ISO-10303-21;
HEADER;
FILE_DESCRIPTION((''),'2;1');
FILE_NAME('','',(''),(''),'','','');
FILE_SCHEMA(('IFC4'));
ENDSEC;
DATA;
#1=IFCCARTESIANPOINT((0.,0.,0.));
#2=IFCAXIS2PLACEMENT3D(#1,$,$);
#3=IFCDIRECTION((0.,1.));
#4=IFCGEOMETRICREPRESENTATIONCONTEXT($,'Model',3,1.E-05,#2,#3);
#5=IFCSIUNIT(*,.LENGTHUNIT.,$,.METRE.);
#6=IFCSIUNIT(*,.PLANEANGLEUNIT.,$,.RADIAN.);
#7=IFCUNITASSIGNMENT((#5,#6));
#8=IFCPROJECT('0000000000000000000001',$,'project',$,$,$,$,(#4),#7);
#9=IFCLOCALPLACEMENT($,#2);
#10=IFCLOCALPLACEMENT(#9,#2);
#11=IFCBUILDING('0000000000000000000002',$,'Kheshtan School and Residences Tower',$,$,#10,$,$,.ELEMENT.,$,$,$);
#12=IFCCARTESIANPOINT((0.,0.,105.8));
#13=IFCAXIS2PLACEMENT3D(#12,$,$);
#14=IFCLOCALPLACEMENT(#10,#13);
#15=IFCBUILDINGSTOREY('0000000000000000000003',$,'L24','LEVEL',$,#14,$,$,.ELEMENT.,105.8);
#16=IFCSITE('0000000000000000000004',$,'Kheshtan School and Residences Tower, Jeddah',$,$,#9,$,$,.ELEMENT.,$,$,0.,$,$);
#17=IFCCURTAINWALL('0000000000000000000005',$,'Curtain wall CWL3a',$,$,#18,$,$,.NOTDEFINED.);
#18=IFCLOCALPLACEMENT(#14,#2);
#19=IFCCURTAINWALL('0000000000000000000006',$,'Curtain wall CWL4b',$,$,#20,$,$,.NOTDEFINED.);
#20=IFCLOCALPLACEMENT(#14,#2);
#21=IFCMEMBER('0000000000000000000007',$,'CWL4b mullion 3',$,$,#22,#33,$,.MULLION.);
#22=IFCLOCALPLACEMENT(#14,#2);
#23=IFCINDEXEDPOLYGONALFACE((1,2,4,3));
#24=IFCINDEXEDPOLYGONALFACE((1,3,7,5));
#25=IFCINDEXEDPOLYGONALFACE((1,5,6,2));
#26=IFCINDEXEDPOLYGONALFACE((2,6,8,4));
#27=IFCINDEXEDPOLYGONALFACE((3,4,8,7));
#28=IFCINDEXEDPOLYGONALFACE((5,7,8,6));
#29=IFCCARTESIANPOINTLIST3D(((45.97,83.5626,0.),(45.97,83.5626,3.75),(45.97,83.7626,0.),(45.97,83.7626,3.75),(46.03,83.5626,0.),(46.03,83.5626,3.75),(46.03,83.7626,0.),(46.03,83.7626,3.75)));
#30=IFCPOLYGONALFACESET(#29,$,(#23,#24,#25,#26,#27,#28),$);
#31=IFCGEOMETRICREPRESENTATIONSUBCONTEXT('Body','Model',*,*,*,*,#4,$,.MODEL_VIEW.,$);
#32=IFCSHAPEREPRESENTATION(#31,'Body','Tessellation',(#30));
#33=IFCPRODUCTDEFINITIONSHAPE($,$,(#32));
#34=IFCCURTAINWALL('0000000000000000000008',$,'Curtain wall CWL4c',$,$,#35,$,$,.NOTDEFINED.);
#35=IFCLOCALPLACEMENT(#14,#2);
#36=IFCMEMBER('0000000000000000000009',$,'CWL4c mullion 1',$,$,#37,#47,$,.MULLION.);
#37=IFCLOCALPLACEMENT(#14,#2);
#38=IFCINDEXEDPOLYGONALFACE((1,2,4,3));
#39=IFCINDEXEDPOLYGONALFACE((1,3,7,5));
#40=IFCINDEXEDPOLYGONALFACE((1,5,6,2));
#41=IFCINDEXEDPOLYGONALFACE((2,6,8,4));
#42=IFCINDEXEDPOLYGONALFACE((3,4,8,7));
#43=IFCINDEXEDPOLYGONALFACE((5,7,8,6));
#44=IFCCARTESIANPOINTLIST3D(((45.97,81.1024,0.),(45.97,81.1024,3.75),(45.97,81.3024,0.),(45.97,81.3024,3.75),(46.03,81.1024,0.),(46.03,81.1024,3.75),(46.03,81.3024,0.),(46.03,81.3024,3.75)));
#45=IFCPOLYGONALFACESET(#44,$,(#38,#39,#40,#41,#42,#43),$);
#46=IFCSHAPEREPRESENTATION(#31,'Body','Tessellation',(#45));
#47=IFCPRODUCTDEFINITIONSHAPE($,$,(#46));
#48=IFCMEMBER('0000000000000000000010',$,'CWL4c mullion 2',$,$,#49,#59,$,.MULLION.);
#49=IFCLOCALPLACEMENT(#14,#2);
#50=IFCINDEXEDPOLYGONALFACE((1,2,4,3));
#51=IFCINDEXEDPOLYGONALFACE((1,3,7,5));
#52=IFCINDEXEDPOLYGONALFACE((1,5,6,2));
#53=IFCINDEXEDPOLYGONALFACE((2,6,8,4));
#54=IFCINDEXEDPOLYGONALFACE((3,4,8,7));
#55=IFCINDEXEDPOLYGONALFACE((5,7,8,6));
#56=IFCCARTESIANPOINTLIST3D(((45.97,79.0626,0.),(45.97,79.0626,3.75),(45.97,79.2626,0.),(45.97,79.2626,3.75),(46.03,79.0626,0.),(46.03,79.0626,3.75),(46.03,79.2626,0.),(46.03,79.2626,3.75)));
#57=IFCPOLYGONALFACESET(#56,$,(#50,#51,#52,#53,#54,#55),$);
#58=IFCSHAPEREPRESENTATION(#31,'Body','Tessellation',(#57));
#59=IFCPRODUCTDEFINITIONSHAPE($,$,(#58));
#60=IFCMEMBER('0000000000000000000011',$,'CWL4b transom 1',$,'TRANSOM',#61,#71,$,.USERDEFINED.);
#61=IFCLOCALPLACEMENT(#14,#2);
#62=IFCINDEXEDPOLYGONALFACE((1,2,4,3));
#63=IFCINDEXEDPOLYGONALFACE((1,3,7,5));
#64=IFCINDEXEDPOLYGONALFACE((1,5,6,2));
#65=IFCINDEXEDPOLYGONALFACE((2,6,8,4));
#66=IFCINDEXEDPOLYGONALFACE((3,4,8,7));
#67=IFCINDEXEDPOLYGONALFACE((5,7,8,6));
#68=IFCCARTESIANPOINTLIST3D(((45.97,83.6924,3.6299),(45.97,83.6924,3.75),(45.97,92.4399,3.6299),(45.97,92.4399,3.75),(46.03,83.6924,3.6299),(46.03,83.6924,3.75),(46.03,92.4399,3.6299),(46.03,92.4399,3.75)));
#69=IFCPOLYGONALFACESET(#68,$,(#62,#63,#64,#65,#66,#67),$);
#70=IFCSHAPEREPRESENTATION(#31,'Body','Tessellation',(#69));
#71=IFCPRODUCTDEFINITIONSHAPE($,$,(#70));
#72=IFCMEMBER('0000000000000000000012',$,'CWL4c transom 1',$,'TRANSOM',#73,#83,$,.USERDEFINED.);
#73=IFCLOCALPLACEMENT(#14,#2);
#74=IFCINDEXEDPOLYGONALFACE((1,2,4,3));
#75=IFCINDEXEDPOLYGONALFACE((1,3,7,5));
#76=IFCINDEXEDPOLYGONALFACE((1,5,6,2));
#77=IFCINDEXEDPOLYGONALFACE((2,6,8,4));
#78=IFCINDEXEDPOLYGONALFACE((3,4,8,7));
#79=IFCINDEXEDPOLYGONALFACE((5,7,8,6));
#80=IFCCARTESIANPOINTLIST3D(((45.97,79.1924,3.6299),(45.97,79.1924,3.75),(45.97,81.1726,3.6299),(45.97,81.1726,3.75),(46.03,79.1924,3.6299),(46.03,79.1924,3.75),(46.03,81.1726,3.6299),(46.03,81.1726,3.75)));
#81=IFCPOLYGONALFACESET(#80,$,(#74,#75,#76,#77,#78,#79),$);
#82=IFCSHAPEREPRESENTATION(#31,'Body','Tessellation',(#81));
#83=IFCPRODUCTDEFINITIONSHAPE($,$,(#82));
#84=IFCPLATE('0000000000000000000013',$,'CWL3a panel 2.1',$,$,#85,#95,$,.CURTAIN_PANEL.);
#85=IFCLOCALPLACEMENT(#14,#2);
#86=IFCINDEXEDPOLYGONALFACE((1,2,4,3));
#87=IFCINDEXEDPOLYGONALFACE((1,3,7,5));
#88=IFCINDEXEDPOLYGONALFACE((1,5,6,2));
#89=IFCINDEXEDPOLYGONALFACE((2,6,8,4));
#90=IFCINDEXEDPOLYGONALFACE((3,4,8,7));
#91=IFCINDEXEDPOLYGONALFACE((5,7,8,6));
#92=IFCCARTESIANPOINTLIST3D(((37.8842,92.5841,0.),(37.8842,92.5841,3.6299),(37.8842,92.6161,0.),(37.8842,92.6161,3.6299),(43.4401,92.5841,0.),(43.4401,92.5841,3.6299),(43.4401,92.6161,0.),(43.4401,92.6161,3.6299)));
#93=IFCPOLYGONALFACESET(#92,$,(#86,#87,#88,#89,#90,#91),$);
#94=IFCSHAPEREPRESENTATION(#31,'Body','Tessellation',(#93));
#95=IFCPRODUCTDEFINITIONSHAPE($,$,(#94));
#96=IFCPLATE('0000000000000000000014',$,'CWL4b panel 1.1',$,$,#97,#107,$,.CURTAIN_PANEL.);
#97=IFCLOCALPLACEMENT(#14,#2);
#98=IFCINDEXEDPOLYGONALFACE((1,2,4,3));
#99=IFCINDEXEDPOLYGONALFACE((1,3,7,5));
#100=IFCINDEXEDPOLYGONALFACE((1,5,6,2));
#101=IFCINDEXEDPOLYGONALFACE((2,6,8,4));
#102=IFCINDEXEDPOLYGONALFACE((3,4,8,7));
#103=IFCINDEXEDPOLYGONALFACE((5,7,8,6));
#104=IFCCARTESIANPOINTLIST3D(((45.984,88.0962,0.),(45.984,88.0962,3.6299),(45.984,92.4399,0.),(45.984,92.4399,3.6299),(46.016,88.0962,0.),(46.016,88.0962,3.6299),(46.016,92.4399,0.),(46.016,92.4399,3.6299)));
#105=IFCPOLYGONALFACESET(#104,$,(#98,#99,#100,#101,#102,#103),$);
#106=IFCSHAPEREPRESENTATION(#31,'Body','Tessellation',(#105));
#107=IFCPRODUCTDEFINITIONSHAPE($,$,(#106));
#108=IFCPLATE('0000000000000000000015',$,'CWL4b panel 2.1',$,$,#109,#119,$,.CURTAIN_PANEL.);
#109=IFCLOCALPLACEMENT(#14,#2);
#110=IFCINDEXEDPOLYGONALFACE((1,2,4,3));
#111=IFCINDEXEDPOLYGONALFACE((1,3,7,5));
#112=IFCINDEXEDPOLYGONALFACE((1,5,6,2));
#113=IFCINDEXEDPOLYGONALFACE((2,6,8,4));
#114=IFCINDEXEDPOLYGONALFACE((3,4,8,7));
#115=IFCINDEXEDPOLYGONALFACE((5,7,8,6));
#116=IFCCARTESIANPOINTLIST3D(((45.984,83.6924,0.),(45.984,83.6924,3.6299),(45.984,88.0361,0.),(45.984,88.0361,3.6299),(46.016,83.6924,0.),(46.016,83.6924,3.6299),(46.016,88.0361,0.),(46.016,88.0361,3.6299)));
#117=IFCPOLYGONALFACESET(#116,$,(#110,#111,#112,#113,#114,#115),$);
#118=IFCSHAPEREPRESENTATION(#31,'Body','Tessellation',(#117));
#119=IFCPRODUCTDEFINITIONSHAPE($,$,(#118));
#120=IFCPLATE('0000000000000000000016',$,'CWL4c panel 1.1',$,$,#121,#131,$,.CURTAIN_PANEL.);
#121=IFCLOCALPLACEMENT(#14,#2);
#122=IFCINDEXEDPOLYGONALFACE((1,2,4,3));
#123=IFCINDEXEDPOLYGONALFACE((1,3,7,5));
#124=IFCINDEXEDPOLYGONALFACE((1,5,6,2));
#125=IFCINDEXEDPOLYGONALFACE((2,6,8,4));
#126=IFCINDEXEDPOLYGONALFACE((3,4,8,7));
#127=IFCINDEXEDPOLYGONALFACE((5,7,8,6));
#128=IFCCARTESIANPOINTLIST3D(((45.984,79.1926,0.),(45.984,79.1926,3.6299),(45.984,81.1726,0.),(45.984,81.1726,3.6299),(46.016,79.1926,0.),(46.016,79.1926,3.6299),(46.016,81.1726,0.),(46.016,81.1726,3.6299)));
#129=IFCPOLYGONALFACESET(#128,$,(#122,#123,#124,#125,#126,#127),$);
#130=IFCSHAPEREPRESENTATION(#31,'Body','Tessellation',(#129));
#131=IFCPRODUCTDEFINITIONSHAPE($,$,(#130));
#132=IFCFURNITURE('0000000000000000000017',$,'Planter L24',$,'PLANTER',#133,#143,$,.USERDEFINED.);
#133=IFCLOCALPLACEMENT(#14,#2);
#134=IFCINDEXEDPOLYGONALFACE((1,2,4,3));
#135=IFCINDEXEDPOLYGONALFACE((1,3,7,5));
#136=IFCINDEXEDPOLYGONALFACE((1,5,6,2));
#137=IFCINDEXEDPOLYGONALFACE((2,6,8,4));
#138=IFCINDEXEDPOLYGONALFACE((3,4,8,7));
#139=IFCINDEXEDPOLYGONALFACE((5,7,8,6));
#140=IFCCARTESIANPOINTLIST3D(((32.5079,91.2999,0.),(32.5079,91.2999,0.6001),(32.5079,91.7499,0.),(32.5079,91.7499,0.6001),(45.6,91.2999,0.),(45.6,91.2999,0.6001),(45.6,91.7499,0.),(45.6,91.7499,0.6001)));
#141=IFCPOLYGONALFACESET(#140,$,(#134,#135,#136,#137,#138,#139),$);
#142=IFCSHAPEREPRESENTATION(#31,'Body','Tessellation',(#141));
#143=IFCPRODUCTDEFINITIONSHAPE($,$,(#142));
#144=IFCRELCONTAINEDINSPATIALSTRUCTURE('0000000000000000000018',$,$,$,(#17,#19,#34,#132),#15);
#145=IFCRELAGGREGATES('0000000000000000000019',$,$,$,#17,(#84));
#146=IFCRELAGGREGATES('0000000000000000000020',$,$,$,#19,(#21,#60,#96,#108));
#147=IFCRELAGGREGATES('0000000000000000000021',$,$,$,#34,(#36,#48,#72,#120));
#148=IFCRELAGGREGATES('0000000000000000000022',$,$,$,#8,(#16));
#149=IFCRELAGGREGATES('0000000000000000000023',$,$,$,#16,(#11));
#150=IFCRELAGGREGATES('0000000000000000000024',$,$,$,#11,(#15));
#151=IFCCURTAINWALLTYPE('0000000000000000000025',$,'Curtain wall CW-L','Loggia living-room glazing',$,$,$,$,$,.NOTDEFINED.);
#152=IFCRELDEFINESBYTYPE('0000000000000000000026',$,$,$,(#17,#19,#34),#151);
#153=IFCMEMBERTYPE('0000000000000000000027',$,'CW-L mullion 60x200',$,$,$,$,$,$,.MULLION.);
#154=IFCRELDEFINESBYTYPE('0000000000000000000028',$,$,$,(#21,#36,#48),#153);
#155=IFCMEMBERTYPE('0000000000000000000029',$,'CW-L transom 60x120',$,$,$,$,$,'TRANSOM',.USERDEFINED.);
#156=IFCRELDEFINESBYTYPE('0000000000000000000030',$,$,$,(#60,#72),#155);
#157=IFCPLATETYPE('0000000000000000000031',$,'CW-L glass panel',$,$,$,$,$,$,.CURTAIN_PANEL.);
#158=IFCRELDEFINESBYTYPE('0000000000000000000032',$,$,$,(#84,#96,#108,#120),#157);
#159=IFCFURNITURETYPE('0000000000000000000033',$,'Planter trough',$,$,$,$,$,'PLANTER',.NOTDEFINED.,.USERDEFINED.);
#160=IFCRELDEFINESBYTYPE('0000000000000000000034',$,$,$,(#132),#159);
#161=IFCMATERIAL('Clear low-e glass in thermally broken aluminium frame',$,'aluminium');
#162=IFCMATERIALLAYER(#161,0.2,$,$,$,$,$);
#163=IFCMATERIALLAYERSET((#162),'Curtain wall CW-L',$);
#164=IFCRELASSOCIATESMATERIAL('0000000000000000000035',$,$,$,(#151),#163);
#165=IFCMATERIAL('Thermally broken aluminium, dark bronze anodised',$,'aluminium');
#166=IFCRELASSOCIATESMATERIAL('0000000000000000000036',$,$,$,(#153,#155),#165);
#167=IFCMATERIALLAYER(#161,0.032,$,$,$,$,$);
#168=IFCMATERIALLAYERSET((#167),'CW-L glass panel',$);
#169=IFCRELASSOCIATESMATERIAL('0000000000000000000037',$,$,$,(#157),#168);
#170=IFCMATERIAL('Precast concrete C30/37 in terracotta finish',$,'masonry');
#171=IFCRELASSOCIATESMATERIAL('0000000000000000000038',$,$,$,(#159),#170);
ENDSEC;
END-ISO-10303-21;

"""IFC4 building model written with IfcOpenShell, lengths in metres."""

from ifc_helpers import new_model, si_unit, direction, frame, origin, origin_2d, place, context, subcontext, project, spatial, rectangle, extrude, material, layer, layer_set, material_profile, profile_set, type_object, element, aggregate, save


model = new_model("IFC4")

# Units and contexts
model_context = context("Model", 3, precision=1e-05, world=origin(), true_north=direction((0.0, 1.0)))
body_context = subcontext(model_context, "Body", "Model", "MODEL_VIEW")
ifc_project = project(units=[si_unit("LENGTHUNIT", "METRE"), si_unit("PLANEANGLEUNIT", "RADIAN")], contexts=[model_context])

# Site, building, storey
site_placement = place(None, origin())
site = spatial("IfcSite", under=ifc_project, at=site_placement, Name="Kheshtan School and Residences Tower, Jeddah", CompositionType="ELEMENT", RefElevation=0.0)
building_placement = place(site_placement, origin())
building = spatial("IfcBuilding", under=site, at=building_placement, Name="Kheshtan School and Residences Tower", CompositionType="ELEMENT")
storey_placement = place(building_placement, frame((0.0, 0.0, 105.8)))
storey = spatial("IfcBuildingStorey", under=building, at=storey_placement, Name="L24", Description="LEVEL", CompositionType="ELEMENT", Elevation=105.8)

# Curtain walls, members
ifc_material_1 = material(Name="Clear low-e glass in thermally broken aluminium frame", Category="aluminium")
ifc_layer_1 = layer(ifc_material_1, 0.2)
ifc_layer_set_1 = layer_set([ifc_layer_1], Name="Curtain wall CW-L")
curtain_wall_type = type_object("IfcCurtainWallType", Name="Curtain wall CW-L", Description="Loggia living-room glazing", PredefinedType="NOTDEFINED", material=ifc_layer_set_1)
curtain_wall_1_placement = place(storey_placement, origin())
curtain_wall_1 = element("IfcCurtainWall", 1, at=curtain_wall_1_placement, inside=storey, type_object=curtain_wall_type, Name="Curtain wall CWL3a", PredefinedType="NOTDEFINED")
ifc_material_2 = material(Name="Thermally broken aluminium, dark bronze anodised", Category="aluminium")
ifc_material_profile_1 = material_profile(ifc_material_2, rectangle(XDim=0.0601, YDim=0.2, at=origin_2d()), Name="CW-L mullion 60x200")
ifc_profile_set_1 = profile_set([ifc_material_profile_1], Name="Thermally broken aluminium, dark bronze anodised")
member_type_1 = type_object("IfcMemberType", Name="CW-L mullion 60x200", PredefinedType="MULLION", material=ifc_profile_set_1)
curtain_wall_2_placement = place(storey_placement, origin())
curtain_wall_2 = element("IfcCurtainWall", 2, at=curtain_wall_2_placement, inside=storey, type_object=curtain_wall_type, Name="Curtain wall CWL4b", PredefinedType="NOTDEFINED")
member_1_placement = place(storey_placement, frame((46.0, 83.6626, 0.0), z_axis=(0.0, 0.0, 1.0), x_axis=(1.0, 0.0, 0.0)))
member_1 = element("IfcMember", 3, at=member_1_placement, type_object=member_type_1, Name="CWL4b mullion 3", PredefinedType="MULLION", context=body_context, shape_type="SweptSolid", body=[
    extrude(rectangle(XDim=0.0601, YDim=0.2, at=origin_2d()), origin(), (0.0, 0.0, 1.0), 3.75),
])
curtain_wall_3_placement = place(storey_placement, origin())
curtain_wall_3 = element("IfcCurtainWall", 4, at=curtain_wall_3_placement, inside=storey, type_object=curtain_wall_type, Name="Curtain wall CWL4c", PredefinedType="NOTDEFINED")
member_2_placement = place(storey_placement, frame((46.0, 81.2024, 0.0), z_axis=(0.0, 0.0, 1.0), x_axis=(1.0, 0.0, 0.0)))
member_2 = element("IfcMember", 5, at=member_2_placement, type_object=member_type_1, Name="CWL4c mullion 1", PredefinedType="MULLION", context=body_context, shape_type="SweptSolid", body=[
    extrude(rectangle(XDim=0.0601, YDim=0.2, at=origin_2d()), origin(), (0.0, 0.0, 1.0), 3.75),
])
member_3_placement = place(storey_placement, frame((46.0, 79.1626, 0.0), z_axis=(0.0, 0.0, 1.0), x_axis=(1.0, 0.0, 0.0)))
member_3 = element("IfcMember", 6, at=member_3_placement, type_object=member_type_1, Name="CWL4c mullion 2", PredefinedType="MULLION", context=body_context, shape_type="SweptSolid", body=[
    extrude(rectangle(XDim=0.0601, YDim=0.2, at=origin_2d()), origin(), (0.0, 0.0, 1.0), 3.75),
])

# Members
ifc_material_profile_2 = material_profile(ifc_material_2, rectangle(XDim=0.0601, YDim=0.1201, at=origin_2d()), Name="CW-L transom 60x120")
ifc_profile_set_2 = profile_set([ifc_material_profile_2], Name="Thermally broken aluminium, dark bronze anodised")
member_type_2 = type_object("IfcMemberType", Name="CW-L transom 60x120", ElementType="TRANSOM", PredefinedType="USERDEFINED", material=ifc_profile_set_2)
member_4_placement = place(storey_placement, frame((46.0, 92.4399, 3.6899), z_axis=(0.0, -1.0, 0.0), x_axis=(1.0, 0.0, 0.0)))
member_4 = element("IfcMember", 7, at=member_4_placement, type_object=member_type_2, Name="CWL4b transom 1", ObjectType="TRANSOM", PredefinedType="USERDEFINED", context=body_context, shape_type="SweptSolid", body=[
    extrude(rectangle(XDim=0.0601, YDim=0.1201, at=origin_2d()), origin(), (0.0, 0.0, 1.0), 8.7476),
])
member_5_placement = place(storey_placement, frame((46.0, 81.1726, 3.6899), z_axis=(0.0, -1.0, 0.0), x_axis=(1.0, 0.0, 0.0)))
member_5 = element("IfcMember", 8, at=member_5_placement, type_object=member_type_2, Name="CWL4c transom 1", ObjectType="TRANSOM", PredefinedType="USERDEFINED", context=body_context, shape_type="SweptSolid", body=[
    extrude(rectangle(XDim=0.0601, YDim=0.1201, at=origin_2d()), origin(), (0.0, 0.0, 1.0), 1.9802),
])

# Plates
ifc_layer_2 = layer(ifc_material_1, 0.032)
ifc_layer_set_2 = layer_set([ifc_layer_2], Name="CW-L glass panel")
plate_type = type_object("IfcPlateType", Name="CW-L glass panel", PredefinedType="CURTAIN_PANEL", material=ifc_layer_set_2)
plate_1_placement = place(storey_placement, frame((40.6621, 92.6001, 0.0), z_axis=(0.0, 0.0, 1.0), x_axis=(1.0, 0.0, 0.0)))
plate_1 = element("IfcPlate", 9, at=plate_1_placement, type_object=plate_type, Name="CWL3a panel 2.1", PredefinedType="CURTAIN_PANEL", context=body_context, shape_type="SweptSolid", body=[
    extrude(rectangle(XDim=5.5559, YDim=0.032, at=origin_2d()), origin(), (0.0, 0.0, 1.0), 3.6299),
])
aggregate(curtain_wall_1, [plate_1])
plate_2_placement = place(storey_placement, frame((46.0, 90.2681, 0.0), z_axis=(0.0, 0.0, 1.0), x_axis=(0.0, -1.0, 0.0)))
plate_2 = element("IfcPlate", 10, at=plate_2_placement, type_object=plate_type, Name="CWL4b panel 1.1", PredefinedType="CURTAIN_PANEL", context=body_context, shape_type="SweptSolid", body=[
    extrude(rectangle(XDim=4.3438, YDim=0.032, at=origin_2d()), origin(), (0.0, 0.0, 1.0), 3.6299),
])
plate_3_placement = place(storey_placement, frame((46.0, 85.8643, 0.0), z_axis=(0.0, 0.0, 1.0), x_axis=(0.0, -1.0, 0.0)))
plate_3 = element("IfcPlate", 11, at=plate_3_placement, type_object=plate_type, Name="CWL4b panel 2.1", PredefinedType="CURTAIN_PANEL", context=body_context, shape_type="SweptSolid", body=[
    extrude(rectangle(XDim=4.3438, YDim=0.032, at=origin_2d()), origin(), (0.0, 0.0, 1.0), 3.6299),
])
aggregate(curtain_wall_2, [member_1, member_4, plate_2, plate_3])
plate_4_placement = place(storey_placement, frame((46.0, 80.1826, 0.0), z_axis=(0.0, 0.0, 1.0), x_axis=(0.0, -1.0, 0.0)))
plate_4 = element("IfcPlate", 12, at=plate_4_placement, type_object=plate_type, Name="CWL4c panel 1.1", PredefinedType="CURTAIN_PANEL", context=body_context, shape_type="SweptSolid", body=[
    extrude(rectangle(XDim=1.98, YDim=0.032, at=origin_2d()), origin(), (0.0, 0.0, 1.0), 3.6299),
])
aggregate(curtain_wall_3, [member_2, member_3, member_5, plate_4])

# Furniture
ifc_material_3 = material(Name="Precast concrete C30/37 in terracotta finish", Category="masonry")
furniture_type = type_object("IfcFurnitureType", Name="Planter trough", ElementType="PLANTER", AssemblyPlace="NOTDEFINED", PredefinedType="USERDEFINED", material=ifc_material_3)
furniture_placement = place(storey_placement, frame((39.054, 91.5249, 0.0), z_axis=(0.0, 0.0, 1.0), x_axis=(1.0, 0.0, 0.0)))
element("IfcFurniture", 13, at=furniture_placement, inside=storey, type_object=furniture_type, Name="Planter L24", ObjectType="PLANTER", PredefinedType="USERDEFINED", context=body_context, shape_type="SweptSolid", body=[
    extrude(rectangle(XDim=13.092, YDim=0.45, at=origin_2d()), origin(), (0.0, 0.0, 1.0), 0.6001),
])

save(model, "model.ifc")
